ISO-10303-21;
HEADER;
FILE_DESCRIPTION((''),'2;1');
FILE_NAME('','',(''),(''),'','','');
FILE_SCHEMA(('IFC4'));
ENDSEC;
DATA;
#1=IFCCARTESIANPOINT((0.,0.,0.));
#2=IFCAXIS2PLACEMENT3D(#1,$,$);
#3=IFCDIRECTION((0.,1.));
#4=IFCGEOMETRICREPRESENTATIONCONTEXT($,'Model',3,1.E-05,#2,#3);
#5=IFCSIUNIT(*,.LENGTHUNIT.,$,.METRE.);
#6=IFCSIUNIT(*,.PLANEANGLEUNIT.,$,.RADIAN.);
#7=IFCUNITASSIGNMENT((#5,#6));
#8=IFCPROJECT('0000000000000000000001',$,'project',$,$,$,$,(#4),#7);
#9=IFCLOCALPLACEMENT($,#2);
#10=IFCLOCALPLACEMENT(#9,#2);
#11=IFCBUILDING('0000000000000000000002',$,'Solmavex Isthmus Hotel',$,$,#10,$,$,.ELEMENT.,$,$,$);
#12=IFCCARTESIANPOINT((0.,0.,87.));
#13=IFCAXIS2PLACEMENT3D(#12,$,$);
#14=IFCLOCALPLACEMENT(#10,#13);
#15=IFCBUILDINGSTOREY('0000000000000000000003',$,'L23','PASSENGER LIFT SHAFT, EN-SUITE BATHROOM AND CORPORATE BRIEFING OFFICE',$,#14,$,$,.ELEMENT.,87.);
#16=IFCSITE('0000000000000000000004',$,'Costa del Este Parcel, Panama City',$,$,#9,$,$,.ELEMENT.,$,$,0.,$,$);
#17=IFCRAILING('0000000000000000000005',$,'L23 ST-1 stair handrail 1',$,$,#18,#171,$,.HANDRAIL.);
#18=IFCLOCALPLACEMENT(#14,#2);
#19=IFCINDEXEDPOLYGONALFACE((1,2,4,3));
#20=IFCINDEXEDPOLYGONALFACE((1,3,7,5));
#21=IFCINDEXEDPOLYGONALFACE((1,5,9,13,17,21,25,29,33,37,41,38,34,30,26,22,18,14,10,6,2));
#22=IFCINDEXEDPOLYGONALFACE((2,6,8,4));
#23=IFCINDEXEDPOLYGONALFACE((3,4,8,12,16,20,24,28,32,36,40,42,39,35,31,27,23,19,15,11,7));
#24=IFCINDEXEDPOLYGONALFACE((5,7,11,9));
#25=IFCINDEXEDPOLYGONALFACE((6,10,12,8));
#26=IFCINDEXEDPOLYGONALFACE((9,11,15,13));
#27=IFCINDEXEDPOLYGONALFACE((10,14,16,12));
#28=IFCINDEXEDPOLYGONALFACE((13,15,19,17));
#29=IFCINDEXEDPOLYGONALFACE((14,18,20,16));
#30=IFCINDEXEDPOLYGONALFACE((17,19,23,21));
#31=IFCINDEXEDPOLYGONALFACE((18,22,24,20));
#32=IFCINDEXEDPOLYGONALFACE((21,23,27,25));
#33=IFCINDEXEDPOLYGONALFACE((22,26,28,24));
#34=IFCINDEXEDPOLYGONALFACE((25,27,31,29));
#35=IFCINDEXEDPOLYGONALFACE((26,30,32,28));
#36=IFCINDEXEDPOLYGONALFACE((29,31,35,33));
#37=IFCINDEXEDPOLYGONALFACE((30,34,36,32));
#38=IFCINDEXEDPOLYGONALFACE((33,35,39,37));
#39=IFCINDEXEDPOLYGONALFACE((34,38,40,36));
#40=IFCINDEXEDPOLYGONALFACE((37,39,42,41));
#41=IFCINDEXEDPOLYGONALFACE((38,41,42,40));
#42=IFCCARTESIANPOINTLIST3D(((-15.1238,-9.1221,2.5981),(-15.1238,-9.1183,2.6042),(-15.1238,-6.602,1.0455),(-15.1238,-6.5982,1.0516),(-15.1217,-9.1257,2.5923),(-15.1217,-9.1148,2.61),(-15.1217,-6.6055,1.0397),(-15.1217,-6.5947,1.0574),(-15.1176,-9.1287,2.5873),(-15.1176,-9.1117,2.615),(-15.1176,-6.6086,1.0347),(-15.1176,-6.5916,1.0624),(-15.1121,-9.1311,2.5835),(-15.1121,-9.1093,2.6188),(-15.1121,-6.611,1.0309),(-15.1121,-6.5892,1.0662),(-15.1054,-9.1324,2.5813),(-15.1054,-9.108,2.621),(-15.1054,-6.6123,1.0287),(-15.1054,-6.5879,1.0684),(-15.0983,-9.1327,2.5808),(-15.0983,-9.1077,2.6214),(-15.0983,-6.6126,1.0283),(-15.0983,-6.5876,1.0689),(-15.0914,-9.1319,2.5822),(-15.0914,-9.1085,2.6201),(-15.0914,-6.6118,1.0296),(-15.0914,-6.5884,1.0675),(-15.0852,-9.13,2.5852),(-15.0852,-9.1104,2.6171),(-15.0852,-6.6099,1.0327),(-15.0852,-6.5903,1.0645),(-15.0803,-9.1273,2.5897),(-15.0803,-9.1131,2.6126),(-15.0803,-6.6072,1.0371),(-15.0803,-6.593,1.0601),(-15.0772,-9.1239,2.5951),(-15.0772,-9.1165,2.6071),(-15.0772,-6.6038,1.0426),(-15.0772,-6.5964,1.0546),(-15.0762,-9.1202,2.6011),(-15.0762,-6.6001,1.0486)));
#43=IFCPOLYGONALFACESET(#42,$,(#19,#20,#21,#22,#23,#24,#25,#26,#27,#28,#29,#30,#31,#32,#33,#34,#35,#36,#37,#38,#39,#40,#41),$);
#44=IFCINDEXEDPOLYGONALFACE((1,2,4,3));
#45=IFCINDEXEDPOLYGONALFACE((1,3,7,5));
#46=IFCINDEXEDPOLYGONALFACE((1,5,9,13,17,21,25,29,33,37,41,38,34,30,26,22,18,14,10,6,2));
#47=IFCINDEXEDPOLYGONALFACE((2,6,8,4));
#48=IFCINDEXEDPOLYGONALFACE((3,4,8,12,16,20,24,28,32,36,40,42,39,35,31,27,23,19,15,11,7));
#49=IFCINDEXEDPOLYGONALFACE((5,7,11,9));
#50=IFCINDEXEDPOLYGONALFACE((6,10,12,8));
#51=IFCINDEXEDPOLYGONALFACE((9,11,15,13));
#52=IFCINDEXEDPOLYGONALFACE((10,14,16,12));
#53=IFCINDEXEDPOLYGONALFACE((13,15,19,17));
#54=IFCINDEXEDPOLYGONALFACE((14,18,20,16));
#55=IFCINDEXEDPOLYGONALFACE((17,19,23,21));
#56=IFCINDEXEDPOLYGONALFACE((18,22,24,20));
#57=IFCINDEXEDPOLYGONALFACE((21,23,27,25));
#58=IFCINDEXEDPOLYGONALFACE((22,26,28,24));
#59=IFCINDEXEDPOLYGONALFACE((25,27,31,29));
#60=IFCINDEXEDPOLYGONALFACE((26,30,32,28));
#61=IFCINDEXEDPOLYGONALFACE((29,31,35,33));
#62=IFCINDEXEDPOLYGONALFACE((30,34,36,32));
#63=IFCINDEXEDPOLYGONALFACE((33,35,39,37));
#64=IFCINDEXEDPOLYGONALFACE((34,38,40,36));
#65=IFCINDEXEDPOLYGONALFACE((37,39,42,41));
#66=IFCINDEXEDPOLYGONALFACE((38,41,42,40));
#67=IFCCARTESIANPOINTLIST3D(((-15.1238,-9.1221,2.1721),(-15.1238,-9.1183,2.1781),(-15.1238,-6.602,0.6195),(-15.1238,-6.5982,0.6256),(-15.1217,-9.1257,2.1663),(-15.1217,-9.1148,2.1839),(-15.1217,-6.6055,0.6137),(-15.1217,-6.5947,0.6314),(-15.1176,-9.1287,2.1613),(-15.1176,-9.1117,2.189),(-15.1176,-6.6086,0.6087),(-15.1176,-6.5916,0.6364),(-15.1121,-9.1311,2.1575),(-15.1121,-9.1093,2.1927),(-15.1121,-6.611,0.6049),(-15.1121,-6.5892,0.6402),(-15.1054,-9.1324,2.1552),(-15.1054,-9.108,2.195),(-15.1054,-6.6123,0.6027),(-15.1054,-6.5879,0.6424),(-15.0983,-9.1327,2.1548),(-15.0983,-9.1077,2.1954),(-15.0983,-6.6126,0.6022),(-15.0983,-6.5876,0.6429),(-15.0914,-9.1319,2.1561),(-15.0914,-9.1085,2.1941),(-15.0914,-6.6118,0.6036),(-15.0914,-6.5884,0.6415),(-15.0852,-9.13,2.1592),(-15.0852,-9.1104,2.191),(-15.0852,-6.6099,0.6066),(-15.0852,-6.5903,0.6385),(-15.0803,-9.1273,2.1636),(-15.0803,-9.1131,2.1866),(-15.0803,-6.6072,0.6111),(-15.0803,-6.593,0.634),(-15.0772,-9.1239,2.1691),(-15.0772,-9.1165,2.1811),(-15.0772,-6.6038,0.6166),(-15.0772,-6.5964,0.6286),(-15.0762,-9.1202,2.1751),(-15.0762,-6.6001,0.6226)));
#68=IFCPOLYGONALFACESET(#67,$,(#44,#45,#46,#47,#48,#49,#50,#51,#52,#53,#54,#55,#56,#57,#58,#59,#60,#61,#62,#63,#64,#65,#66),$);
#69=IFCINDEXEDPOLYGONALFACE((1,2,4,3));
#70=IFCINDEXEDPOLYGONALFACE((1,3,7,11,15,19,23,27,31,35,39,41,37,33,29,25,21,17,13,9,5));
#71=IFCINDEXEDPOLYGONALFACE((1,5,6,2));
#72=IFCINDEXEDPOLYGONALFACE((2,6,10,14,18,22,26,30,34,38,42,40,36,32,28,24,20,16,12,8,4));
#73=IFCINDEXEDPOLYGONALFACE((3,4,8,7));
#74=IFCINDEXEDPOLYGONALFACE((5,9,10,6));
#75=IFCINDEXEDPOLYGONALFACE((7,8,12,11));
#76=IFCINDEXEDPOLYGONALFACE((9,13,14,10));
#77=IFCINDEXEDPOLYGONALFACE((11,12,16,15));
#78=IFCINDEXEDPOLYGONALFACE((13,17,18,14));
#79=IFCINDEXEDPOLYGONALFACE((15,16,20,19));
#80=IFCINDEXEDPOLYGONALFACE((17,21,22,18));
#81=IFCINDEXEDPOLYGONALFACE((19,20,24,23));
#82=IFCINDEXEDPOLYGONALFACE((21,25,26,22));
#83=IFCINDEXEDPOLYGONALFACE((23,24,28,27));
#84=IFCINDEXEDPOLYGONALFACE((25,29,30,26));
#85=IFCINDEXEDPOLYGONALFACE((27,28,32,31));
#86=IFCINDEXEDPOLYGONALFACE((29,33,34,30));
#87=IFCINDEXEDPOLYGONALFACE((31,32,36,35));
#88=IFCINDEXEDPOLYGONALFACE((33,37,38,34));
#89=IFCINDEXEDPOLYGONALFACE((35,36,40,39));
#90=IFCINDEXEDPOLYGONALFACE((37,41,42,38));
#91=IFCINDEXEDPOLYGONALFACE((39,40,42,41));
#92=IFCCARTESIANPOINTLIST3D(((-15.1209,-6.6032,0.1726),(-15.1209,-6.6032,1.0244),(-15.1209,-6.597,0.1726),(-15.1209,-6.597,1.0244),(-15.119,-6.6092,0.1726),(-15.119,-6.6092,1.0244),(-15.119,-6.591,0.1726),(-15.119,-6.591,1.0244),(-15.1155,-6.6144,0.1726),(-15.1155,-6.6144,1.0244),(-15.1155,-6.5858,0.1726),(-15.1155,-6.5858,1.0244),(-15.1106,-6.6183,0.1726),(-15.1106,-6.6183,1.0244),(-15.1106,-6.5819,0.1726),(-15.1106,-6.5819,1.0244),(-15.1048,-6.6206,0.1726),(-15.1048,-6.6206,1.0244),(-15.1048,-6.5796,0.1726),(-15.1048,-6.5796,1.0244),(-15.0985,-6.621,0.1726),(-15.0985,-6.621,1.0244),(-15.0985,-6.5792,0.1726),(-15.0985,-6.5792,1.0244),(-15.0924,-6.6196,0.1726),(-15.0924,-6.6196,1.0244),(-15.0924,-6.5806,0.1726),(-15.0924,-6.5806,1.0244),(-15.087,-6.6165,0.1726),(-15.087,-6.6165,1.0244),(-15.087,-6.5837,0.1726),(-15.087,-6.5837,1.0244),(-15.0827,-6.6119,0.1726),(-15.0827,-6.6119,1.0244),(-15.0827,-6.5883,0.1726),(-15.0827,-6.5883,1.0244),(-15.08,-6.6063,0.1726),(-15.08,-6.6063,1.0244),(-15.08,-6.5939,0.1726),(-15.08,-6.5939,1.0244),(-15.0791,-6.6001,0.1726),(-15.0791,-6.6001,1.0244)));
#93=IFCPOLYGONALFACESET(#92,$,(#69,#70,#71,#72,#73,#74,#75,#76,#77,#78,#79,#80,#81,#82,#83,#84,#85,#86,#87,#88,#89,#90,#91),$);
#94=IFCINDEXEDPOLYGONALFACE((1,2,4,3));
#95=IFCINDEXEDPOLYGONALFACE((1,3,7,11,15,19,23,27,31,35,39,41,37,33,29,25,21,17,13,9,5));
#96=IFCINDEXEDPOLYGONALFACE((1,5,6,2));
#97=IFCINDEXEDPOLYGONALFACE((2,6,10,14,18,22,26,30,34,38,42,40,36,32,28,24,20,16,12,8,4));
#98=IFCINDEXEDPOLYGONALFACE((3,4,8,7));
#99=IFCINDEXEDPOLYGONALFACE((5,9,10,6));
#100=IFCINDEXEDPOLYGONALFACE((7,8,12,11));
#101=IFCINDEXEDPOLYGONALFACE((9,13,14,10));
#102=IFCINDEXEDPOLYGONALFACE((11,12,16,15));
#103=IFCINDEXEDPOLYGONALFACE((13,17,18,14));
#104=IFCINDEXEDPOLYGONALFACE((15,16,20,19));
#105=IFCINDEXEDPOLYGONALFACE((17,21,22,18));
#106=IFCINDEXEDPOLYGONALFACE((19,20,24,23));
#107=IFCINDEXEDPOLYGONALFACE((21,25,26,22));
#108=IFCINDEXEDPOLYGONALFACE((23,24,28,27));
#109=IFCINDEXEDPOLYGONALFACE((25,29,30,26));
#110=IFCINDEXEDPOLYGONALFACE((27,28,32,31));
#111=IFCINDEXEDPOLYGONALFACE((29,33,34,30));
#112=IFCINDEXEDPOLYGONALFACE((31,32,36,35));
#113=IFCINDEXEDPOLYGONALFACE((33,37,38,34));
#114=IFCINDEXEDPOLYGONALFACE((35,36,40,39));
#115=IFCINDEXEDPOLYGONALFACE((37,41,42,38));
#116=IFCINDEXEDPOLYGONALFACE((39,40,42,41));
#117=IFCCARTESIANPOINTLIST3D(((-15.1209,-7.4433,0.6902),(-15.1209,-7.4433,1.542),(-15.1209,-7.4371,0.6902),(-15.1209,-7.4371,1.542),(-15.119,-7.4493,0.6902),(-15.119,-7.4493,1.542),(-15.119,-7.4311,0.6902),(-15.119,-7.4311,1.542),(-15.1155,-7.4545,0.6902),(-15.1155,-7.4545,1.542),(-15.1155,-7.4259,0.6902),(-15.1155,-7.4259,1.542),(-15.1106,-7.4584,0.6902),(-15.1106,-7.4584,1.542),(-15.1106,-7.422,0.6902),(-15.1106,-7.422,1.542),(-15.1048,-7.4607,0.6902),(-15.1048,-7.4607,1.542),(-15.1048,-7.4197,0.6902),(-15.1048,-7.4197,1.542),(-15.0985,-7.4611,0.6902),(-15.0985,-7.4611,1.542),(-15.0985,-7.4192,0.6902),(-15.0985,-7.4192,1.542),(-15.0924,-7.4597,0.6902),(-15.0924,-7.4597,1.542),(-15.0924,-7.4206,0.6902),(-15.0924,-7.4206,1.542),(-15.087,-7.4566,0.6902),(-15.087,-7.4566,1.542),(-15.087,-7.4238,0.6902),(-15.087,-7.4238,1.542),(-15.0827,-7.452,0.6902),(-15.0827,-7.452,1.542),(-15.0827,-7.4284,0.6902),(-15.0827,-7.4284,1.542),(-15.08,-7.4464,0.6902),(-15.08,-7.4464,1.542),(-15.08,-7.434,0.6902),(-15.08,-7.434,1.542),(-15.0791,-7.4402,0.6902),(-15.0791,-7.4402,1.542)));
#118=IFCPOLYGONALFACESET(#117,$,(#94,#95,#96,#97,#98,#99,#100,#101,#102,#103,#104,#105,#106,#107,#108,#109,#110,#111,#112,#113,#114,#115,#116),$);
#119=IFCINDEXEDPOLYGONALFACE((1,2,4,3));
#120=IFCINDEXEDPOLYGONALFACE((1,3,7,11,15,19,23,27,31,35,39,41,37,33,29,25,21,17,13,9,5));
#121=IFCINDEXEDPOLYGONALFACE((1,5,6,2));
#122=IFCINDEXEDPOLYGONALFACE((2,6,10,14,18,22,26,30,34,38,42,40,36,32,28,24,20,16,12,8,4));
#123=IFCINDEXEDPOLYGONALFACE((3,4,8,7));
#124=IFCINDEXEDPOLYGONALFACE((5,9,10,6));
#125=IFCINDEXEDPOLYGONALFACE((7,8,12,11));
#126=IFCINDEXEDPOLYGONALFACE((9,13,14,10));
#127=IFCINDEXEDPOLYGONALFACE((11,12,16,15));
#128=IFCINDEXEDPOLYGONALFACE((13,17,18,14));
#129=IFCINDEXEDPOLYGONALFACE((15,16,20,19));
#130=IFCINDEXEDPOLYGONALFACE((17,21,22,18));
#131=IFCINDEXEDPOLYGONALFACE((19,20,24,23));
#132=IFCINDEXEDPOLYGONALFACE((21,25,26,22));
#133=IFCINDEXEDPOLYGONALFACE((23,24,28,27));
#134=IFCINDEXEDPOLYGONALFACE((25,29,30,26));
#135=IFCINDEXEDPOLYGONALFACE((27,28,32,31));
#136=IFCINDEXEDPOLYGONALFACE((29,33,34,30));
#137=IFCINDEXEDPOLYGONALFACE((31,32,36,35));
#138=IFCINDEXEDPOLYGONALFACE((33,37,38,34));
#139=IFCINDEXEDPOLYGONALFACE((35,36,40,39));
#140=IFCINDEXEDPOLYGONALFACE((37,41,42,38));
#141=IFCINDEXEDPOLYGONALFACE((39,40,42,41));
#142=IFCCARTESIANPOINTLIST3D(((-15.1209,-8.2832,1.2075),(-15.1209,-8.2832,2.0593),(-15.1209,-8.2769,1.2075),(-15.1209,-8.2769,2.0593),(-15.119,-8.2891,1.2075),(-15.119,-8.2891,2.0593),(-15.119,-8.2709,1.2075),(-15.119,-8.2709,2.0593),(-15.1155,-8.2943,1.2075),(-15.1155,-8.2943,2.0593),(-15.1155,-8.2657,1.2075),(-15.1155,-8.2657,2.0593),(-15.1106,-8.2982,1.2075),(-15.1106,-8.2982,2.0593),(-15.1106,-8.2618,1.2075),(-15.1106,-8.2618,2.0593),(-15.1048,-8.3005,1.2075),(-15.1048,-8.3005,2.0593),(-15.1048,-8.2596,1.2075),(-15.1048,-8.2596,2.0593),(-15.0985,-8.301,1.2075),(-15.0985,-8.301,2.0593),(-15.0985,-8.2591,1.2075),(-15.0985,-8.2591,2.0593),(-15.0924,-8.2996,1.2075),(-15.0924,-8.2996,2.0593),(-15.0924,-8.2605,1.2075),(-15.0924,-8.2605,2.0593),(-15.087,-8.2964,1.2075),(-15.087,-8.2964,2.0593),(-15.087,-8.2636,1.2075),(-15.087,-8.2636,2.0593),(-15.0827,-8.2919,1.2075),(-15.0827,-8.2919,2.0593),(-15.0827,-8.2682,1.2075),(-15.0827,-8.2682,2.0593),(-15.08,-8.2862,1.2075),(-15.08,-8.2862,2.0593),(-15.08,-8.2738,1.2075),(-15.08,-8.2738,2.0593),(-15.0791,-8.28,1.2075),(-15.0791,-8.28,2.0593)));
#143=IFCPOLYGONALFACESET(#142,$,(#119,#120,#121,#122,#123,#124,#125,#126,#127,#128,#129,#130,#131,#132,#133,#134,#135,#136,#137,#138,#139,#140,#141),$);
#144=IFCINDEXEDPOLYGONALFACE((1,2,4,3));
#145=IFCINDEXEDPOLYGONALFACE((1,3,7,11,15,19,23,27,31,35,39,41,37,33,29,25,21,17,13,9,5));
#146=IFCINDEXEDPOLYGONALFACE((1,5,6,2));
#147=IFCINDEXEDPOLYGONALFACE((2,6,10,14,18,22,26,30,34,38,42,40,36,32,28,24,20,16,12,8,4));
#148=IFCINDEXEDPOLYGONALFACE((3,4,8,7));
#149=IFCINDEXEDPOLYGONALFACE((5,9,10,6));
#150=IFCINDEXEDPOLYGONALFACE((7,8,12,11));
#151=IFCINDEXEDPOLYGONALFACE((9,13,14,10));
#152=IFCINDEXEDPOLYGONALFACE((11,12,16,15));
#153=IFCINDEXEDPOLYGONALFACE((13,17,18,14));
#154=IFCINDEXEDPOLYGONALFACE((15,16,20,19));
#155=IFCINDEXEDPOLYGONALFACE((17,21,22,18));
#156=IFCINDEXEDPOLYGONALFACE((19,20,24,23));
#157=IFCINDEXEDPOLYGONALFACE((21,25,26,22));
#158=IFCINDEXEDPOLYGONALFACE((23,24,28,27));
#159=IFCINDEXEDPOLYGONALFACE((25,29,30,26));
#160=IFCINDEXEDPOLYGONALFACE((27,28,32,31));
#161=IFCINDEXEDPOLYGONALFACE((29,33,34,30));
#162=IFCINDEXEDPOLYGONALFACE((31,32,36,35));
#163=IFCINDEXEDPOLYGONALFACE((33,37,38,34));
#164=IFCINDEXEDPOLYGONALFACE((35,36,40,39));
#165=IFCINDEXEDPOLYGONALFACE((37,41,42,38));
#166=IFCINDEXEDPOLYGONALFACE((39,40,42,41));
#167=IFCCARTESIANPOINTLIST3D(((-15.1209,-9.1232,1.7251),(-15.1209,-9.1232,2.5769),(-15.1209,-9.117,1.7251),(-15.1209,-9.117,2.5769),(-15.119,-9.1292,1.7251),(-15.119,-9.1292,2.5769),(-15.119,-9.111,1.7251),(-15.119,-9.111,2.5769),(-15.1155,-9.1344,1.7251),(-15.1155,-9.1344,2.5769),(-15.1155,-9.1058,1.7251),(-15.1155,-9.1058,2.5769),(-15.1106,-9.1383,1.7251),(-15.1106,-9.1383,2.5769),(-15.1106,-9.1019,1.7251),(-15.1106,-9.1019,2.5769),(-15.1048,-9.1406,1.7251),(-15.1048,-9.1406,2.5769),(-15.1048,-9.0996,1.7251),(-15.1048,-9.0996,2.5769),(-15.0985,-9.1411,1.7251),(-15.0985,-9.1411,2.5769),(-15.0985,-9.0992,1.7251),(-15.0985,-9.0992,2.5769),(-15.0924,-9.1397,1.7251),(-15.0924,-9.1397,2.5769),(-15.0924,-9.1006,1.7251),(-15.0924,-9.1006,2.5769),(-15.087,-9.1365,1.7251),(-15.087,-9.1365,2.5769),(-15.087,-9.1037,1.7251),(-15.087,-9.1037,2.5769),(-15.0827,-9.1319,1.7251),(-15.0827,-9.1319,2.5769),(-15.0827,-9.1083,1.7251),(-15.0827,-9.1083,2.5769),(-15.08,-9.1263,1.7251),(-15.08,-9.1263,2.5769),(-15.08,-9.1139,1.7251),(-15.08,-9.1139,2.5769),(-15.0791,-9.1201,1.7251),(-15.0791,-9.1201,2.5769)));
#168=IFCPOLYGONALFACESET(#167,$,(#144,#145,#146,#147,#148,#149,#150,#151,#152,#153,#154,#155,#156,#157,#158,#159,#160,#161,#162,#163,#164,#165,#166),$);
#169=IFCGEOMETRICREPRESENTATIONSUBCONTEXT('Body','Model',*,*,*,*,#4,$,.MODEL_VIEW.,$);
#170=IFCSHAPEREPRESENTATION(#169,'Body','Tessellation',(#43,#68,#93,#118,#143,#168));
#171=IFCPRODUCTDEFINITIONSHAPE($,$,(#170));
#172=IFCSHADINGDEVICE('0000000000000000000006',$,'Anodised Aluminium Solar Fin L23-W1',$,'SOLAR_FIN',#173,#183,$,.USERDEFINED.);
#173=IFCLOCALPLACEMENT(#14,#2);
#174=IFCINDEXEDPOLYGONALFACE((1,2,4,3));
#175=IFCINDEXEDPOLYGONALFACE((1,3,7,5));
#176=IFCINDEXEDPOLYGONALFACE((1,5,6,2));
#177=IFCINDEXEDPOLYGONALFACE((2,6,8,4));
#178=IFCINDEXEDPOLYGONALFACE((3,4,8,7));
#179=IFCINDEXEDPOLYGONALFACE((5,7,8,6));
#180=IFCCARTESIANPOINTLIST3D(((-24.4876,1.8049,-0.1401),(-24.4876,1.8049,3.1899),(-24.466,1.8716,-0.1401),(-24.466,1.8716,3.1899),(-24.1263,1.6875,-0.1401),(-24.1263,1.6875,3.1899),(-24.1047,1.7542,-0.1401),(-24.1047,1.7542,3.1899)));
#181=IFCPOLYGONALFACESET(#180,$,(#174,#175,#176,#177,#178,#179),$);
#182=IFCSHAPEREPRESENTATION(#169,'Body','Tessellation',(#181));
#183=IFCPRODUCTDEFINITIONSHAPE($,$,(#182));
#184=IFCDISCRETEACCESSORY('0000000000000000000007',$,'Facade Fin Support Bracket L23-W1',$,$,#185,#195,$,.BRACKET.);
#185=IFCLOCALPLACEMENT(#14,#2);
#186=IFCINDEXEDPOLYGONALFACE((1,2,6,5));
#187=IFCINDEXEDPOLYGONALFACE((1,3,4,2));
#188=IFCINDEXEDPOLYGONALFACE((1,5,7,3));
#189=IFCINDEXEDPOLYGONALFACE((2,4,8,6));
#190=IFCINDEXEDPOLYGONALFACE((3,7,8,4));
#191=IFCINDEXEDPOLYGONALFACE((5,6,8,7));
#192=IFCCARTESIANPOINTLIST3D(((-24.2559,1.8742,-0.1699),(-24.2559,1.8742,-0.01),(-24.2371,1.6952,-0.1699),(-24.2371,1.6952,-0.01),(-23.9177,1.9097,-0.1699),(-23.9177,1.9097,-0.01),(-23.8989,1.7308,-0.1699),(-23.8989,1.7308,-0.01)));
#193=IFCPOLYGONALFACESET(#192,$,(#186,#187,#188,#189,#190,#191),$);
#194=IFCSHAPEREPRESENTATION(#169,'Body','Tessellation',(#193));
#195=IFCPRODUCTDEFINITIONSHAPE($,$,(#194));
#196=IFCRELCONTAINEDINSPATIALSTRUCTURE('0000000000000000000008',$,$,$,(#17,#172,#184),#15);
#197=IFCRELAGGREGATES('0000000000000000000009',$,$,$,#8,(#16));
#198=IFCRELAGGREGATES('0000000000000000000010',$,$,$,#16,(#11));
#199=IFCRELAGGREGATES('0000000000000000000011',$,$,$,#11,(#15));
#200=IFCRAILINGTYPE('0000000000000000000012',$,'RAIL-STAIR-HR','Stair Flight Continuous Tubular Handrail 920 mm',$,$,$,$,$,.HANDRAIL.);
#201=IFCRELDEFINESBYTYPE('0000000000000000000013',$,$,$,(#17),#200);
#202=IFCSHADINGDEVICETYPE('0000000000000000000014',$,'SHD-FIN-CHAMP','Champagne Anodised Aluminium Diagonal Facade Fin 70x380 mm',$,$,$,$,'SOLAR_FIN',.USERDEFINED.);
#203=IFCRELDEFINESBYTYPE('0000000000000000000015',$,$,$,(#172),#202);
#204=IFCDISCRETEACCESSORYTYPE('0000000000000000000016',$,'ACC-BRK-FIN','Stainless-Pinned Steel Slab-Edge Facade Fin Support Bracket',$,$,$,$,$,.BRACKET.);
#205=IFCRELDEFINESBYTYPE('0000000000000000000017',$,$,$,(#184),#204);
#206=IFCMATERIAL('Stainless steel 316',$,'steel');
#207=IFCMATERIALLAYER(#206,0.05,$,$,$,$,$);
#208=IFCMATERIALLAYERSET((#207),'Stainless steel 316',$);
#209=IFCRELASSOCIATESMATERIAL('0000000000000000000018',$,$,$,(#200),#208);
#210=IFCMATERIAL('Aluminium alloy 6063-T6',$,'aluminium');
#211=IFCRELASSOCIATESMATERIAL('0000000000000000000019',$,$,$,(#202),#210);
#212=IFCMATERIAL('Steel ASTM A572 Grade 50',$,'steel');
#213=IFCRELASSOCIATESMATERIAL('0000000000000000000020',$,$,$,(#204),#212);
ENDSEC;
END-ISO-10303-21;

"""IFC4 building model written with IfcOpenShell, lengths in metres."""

from ifc_helpers import new_model, si_unit, direction, frame, origin, origin_2d, place, context, subcontext, project, spatial, rectangle, circle, extrude, material, layer, layer_set, type_object, element, save


model = new_model("IFC4")

# Units and contexts
model_context = context("Model", 3, precision=1e-05, world=origin(), true_north=direction((0.0, 1.0)))
body_context = subcontext(model_context, "Body", "Model", "MODEL_VIEW")
ifc_project = project(units=[si_unit("LENGTHUNIT", "METRE"), si_unit("PLANEANGLEUNIT", "RADIAN")], contexts=[model_context])

# Site, building, storey
site_placement = place(None, origin())
site = spatial("IfcSite", under=ifc_project, at=site_placement, Name="Costa del Este Parcel, Panama City", CompositionType="ELEMENT", RefElevation=0.0)
building_placement = place(site_placement, origin())
building = spatial("IfcBuilding", under=site, at=building_placement, Name="Solmavex Isthmus Hotel", CompositionType="ELEMENT")
storey_placement = place(building_placement, frame((0.0, 0.0, 87.0)))
storey = spatial("IfcBuildingStorey", under=building, at=storey_placement, Name="L23", Description="PASSENGER LIFT SHAFT, EN-SUITE BATHROOM AND CORPORATE BRIEFING OFFICE", CompositionType="ELEMENT", Elevation=87.0)

# Shared definitions
ifc_material_1 = material(Name="Aluminium alloy 6063-T6", Category="aluminium")

# Railing
ifc_material_2 = material(Name="Stainless steel 316", Category="steel")
ifc_layer_1 = layer(ifc_material_2, 0.05)
ifc_layer_set_1 = layer_set([ifc_layer_1], Name="Stainless steel 316")
railing_type_1 = type_object("IfcRailingType", Name="RAIL-STAIR-HR", Description="Stair Flight Continuous Tubular Handrail 920 mm", PredefinedType="HANDRAIL", material=ifc_layer_set_1)
railing_1_placement = place(storey_placement, frame((-15.1001, -6.6001, 0.1726)))
element("IfcRailing", 1, at=railing_1_placement, inside=storey, type_object=railing_type_1, Name="L23 ST-1 stair handrail 1", PredefinedType="HANDRAIL", context=body_context, shape_type="SweptSolid", body=[
    extrude(circle(Radius=0.0239, at=origin_2d()), frame((0.0, 0.0, 0.876), z_axis=(0.0, -0.8514, 0.524516), x_axis=(1.0, 0.0, 0.0)), (0.0, 0.0, 1.0), 2.96),
    extrude(circle(Radius=0.0239, at=origin_2d()), frame((0.0, 0.0, 0.45), z_axis=(0.0, -0.8514, 0.524516), x_axis=(1.0, 0.0, 0.0)), (0.0, 0.0, 1.0), 2.96),
    extrude(circle(Radius=0.021, at=origin_2d()), origin(), (0.0, 0.0, 1.0), 0.8518),
    extrude(circle(Radius=0.021, at=origin_2d()), frame((0.0, -0.8401, 0.5176)), (0.0, 0.0, 1.0), 0.8518),
    extrude(circle(Radius=0.021, at=origin_2d()), frame((0.0, -1.6799, 1.0349)), (0.0, 0.0, 1.0), 0.8518),
    extrude(circle(Radius=0.021, at=origin_2d()), frame((0.0, -2.52, 1.5525)), (0.0, 0.0, 1.0), 0.8518),
])

# Shading device
shading_device_type = type_object("IfcShadingDeviceType", Name="SHD-FIN-CHAMP", Description="Champagne Anodised Aluminium Diagonal Facade Fin 70x380 mm", ElementType="SOLAR_FIN", PredefinedType="USERDEFINED", material=ifc_material_1)
shading_device_placement = place(storey_placement, frame((-24.2961, 1.7795, -0.1401), z_axis=(0.0, 0.0, 1.0), x_axis=(-0.951057, 0.309017, 0.0)))
element("IfcShadingDevice", 2, at=shading_device_placement, inside=storey, type_object=shading_device_type, Name="Anodised Aluminium Solar Fin L23-W1", ObjectType="SOLAR_FIN", PredefinedType="USERDEFINED", context=body_context, shape_type="SweptSolid", body=[
    extrude(rectangle(XDim=0.3799, YDim=0.0701, at=origin_2d()), origin(), (0.0, 0.0, 1.0), 3.3301),
])

# Discrete accessory
ifc_material_3 = material(Name="Steel ASTM A572 Grade 50", Category="steel")
discrete_accessory_type = type_object("IfcDiscreteAccessoryType", Name="ACC-BRK-FIN", Description="Stainless-Pinned Steel Slab-Edge Facade Fin Support Bracket", PredefinedType="BRACKET", material=ifc_material_3)
discrete_accessory_placement = place(storey_placement, frame((-24.0774, 1.8025, -0.1699), z_axis=(0.0, 0.0, 1.0), x_axis=(-0.994522, -0.104528, 0.0)))
element("IfcDiscreteAccessory", 3, at=discrete_accessory_placement, inside=storey, type_object=discrete_accessory_type, Name="Facade Fin Support Bracket L23-W1", PredefinedType="BRACKET", context=body_context, shape_type="SweptSolid", body=[
    extrude(rectangle(XDim=0.3401, YDim=0.1799, at=origin_2d()), origin(), (0.0, 0.0, 1.0), 0.1599),
])

save(model, "model.ifc")
